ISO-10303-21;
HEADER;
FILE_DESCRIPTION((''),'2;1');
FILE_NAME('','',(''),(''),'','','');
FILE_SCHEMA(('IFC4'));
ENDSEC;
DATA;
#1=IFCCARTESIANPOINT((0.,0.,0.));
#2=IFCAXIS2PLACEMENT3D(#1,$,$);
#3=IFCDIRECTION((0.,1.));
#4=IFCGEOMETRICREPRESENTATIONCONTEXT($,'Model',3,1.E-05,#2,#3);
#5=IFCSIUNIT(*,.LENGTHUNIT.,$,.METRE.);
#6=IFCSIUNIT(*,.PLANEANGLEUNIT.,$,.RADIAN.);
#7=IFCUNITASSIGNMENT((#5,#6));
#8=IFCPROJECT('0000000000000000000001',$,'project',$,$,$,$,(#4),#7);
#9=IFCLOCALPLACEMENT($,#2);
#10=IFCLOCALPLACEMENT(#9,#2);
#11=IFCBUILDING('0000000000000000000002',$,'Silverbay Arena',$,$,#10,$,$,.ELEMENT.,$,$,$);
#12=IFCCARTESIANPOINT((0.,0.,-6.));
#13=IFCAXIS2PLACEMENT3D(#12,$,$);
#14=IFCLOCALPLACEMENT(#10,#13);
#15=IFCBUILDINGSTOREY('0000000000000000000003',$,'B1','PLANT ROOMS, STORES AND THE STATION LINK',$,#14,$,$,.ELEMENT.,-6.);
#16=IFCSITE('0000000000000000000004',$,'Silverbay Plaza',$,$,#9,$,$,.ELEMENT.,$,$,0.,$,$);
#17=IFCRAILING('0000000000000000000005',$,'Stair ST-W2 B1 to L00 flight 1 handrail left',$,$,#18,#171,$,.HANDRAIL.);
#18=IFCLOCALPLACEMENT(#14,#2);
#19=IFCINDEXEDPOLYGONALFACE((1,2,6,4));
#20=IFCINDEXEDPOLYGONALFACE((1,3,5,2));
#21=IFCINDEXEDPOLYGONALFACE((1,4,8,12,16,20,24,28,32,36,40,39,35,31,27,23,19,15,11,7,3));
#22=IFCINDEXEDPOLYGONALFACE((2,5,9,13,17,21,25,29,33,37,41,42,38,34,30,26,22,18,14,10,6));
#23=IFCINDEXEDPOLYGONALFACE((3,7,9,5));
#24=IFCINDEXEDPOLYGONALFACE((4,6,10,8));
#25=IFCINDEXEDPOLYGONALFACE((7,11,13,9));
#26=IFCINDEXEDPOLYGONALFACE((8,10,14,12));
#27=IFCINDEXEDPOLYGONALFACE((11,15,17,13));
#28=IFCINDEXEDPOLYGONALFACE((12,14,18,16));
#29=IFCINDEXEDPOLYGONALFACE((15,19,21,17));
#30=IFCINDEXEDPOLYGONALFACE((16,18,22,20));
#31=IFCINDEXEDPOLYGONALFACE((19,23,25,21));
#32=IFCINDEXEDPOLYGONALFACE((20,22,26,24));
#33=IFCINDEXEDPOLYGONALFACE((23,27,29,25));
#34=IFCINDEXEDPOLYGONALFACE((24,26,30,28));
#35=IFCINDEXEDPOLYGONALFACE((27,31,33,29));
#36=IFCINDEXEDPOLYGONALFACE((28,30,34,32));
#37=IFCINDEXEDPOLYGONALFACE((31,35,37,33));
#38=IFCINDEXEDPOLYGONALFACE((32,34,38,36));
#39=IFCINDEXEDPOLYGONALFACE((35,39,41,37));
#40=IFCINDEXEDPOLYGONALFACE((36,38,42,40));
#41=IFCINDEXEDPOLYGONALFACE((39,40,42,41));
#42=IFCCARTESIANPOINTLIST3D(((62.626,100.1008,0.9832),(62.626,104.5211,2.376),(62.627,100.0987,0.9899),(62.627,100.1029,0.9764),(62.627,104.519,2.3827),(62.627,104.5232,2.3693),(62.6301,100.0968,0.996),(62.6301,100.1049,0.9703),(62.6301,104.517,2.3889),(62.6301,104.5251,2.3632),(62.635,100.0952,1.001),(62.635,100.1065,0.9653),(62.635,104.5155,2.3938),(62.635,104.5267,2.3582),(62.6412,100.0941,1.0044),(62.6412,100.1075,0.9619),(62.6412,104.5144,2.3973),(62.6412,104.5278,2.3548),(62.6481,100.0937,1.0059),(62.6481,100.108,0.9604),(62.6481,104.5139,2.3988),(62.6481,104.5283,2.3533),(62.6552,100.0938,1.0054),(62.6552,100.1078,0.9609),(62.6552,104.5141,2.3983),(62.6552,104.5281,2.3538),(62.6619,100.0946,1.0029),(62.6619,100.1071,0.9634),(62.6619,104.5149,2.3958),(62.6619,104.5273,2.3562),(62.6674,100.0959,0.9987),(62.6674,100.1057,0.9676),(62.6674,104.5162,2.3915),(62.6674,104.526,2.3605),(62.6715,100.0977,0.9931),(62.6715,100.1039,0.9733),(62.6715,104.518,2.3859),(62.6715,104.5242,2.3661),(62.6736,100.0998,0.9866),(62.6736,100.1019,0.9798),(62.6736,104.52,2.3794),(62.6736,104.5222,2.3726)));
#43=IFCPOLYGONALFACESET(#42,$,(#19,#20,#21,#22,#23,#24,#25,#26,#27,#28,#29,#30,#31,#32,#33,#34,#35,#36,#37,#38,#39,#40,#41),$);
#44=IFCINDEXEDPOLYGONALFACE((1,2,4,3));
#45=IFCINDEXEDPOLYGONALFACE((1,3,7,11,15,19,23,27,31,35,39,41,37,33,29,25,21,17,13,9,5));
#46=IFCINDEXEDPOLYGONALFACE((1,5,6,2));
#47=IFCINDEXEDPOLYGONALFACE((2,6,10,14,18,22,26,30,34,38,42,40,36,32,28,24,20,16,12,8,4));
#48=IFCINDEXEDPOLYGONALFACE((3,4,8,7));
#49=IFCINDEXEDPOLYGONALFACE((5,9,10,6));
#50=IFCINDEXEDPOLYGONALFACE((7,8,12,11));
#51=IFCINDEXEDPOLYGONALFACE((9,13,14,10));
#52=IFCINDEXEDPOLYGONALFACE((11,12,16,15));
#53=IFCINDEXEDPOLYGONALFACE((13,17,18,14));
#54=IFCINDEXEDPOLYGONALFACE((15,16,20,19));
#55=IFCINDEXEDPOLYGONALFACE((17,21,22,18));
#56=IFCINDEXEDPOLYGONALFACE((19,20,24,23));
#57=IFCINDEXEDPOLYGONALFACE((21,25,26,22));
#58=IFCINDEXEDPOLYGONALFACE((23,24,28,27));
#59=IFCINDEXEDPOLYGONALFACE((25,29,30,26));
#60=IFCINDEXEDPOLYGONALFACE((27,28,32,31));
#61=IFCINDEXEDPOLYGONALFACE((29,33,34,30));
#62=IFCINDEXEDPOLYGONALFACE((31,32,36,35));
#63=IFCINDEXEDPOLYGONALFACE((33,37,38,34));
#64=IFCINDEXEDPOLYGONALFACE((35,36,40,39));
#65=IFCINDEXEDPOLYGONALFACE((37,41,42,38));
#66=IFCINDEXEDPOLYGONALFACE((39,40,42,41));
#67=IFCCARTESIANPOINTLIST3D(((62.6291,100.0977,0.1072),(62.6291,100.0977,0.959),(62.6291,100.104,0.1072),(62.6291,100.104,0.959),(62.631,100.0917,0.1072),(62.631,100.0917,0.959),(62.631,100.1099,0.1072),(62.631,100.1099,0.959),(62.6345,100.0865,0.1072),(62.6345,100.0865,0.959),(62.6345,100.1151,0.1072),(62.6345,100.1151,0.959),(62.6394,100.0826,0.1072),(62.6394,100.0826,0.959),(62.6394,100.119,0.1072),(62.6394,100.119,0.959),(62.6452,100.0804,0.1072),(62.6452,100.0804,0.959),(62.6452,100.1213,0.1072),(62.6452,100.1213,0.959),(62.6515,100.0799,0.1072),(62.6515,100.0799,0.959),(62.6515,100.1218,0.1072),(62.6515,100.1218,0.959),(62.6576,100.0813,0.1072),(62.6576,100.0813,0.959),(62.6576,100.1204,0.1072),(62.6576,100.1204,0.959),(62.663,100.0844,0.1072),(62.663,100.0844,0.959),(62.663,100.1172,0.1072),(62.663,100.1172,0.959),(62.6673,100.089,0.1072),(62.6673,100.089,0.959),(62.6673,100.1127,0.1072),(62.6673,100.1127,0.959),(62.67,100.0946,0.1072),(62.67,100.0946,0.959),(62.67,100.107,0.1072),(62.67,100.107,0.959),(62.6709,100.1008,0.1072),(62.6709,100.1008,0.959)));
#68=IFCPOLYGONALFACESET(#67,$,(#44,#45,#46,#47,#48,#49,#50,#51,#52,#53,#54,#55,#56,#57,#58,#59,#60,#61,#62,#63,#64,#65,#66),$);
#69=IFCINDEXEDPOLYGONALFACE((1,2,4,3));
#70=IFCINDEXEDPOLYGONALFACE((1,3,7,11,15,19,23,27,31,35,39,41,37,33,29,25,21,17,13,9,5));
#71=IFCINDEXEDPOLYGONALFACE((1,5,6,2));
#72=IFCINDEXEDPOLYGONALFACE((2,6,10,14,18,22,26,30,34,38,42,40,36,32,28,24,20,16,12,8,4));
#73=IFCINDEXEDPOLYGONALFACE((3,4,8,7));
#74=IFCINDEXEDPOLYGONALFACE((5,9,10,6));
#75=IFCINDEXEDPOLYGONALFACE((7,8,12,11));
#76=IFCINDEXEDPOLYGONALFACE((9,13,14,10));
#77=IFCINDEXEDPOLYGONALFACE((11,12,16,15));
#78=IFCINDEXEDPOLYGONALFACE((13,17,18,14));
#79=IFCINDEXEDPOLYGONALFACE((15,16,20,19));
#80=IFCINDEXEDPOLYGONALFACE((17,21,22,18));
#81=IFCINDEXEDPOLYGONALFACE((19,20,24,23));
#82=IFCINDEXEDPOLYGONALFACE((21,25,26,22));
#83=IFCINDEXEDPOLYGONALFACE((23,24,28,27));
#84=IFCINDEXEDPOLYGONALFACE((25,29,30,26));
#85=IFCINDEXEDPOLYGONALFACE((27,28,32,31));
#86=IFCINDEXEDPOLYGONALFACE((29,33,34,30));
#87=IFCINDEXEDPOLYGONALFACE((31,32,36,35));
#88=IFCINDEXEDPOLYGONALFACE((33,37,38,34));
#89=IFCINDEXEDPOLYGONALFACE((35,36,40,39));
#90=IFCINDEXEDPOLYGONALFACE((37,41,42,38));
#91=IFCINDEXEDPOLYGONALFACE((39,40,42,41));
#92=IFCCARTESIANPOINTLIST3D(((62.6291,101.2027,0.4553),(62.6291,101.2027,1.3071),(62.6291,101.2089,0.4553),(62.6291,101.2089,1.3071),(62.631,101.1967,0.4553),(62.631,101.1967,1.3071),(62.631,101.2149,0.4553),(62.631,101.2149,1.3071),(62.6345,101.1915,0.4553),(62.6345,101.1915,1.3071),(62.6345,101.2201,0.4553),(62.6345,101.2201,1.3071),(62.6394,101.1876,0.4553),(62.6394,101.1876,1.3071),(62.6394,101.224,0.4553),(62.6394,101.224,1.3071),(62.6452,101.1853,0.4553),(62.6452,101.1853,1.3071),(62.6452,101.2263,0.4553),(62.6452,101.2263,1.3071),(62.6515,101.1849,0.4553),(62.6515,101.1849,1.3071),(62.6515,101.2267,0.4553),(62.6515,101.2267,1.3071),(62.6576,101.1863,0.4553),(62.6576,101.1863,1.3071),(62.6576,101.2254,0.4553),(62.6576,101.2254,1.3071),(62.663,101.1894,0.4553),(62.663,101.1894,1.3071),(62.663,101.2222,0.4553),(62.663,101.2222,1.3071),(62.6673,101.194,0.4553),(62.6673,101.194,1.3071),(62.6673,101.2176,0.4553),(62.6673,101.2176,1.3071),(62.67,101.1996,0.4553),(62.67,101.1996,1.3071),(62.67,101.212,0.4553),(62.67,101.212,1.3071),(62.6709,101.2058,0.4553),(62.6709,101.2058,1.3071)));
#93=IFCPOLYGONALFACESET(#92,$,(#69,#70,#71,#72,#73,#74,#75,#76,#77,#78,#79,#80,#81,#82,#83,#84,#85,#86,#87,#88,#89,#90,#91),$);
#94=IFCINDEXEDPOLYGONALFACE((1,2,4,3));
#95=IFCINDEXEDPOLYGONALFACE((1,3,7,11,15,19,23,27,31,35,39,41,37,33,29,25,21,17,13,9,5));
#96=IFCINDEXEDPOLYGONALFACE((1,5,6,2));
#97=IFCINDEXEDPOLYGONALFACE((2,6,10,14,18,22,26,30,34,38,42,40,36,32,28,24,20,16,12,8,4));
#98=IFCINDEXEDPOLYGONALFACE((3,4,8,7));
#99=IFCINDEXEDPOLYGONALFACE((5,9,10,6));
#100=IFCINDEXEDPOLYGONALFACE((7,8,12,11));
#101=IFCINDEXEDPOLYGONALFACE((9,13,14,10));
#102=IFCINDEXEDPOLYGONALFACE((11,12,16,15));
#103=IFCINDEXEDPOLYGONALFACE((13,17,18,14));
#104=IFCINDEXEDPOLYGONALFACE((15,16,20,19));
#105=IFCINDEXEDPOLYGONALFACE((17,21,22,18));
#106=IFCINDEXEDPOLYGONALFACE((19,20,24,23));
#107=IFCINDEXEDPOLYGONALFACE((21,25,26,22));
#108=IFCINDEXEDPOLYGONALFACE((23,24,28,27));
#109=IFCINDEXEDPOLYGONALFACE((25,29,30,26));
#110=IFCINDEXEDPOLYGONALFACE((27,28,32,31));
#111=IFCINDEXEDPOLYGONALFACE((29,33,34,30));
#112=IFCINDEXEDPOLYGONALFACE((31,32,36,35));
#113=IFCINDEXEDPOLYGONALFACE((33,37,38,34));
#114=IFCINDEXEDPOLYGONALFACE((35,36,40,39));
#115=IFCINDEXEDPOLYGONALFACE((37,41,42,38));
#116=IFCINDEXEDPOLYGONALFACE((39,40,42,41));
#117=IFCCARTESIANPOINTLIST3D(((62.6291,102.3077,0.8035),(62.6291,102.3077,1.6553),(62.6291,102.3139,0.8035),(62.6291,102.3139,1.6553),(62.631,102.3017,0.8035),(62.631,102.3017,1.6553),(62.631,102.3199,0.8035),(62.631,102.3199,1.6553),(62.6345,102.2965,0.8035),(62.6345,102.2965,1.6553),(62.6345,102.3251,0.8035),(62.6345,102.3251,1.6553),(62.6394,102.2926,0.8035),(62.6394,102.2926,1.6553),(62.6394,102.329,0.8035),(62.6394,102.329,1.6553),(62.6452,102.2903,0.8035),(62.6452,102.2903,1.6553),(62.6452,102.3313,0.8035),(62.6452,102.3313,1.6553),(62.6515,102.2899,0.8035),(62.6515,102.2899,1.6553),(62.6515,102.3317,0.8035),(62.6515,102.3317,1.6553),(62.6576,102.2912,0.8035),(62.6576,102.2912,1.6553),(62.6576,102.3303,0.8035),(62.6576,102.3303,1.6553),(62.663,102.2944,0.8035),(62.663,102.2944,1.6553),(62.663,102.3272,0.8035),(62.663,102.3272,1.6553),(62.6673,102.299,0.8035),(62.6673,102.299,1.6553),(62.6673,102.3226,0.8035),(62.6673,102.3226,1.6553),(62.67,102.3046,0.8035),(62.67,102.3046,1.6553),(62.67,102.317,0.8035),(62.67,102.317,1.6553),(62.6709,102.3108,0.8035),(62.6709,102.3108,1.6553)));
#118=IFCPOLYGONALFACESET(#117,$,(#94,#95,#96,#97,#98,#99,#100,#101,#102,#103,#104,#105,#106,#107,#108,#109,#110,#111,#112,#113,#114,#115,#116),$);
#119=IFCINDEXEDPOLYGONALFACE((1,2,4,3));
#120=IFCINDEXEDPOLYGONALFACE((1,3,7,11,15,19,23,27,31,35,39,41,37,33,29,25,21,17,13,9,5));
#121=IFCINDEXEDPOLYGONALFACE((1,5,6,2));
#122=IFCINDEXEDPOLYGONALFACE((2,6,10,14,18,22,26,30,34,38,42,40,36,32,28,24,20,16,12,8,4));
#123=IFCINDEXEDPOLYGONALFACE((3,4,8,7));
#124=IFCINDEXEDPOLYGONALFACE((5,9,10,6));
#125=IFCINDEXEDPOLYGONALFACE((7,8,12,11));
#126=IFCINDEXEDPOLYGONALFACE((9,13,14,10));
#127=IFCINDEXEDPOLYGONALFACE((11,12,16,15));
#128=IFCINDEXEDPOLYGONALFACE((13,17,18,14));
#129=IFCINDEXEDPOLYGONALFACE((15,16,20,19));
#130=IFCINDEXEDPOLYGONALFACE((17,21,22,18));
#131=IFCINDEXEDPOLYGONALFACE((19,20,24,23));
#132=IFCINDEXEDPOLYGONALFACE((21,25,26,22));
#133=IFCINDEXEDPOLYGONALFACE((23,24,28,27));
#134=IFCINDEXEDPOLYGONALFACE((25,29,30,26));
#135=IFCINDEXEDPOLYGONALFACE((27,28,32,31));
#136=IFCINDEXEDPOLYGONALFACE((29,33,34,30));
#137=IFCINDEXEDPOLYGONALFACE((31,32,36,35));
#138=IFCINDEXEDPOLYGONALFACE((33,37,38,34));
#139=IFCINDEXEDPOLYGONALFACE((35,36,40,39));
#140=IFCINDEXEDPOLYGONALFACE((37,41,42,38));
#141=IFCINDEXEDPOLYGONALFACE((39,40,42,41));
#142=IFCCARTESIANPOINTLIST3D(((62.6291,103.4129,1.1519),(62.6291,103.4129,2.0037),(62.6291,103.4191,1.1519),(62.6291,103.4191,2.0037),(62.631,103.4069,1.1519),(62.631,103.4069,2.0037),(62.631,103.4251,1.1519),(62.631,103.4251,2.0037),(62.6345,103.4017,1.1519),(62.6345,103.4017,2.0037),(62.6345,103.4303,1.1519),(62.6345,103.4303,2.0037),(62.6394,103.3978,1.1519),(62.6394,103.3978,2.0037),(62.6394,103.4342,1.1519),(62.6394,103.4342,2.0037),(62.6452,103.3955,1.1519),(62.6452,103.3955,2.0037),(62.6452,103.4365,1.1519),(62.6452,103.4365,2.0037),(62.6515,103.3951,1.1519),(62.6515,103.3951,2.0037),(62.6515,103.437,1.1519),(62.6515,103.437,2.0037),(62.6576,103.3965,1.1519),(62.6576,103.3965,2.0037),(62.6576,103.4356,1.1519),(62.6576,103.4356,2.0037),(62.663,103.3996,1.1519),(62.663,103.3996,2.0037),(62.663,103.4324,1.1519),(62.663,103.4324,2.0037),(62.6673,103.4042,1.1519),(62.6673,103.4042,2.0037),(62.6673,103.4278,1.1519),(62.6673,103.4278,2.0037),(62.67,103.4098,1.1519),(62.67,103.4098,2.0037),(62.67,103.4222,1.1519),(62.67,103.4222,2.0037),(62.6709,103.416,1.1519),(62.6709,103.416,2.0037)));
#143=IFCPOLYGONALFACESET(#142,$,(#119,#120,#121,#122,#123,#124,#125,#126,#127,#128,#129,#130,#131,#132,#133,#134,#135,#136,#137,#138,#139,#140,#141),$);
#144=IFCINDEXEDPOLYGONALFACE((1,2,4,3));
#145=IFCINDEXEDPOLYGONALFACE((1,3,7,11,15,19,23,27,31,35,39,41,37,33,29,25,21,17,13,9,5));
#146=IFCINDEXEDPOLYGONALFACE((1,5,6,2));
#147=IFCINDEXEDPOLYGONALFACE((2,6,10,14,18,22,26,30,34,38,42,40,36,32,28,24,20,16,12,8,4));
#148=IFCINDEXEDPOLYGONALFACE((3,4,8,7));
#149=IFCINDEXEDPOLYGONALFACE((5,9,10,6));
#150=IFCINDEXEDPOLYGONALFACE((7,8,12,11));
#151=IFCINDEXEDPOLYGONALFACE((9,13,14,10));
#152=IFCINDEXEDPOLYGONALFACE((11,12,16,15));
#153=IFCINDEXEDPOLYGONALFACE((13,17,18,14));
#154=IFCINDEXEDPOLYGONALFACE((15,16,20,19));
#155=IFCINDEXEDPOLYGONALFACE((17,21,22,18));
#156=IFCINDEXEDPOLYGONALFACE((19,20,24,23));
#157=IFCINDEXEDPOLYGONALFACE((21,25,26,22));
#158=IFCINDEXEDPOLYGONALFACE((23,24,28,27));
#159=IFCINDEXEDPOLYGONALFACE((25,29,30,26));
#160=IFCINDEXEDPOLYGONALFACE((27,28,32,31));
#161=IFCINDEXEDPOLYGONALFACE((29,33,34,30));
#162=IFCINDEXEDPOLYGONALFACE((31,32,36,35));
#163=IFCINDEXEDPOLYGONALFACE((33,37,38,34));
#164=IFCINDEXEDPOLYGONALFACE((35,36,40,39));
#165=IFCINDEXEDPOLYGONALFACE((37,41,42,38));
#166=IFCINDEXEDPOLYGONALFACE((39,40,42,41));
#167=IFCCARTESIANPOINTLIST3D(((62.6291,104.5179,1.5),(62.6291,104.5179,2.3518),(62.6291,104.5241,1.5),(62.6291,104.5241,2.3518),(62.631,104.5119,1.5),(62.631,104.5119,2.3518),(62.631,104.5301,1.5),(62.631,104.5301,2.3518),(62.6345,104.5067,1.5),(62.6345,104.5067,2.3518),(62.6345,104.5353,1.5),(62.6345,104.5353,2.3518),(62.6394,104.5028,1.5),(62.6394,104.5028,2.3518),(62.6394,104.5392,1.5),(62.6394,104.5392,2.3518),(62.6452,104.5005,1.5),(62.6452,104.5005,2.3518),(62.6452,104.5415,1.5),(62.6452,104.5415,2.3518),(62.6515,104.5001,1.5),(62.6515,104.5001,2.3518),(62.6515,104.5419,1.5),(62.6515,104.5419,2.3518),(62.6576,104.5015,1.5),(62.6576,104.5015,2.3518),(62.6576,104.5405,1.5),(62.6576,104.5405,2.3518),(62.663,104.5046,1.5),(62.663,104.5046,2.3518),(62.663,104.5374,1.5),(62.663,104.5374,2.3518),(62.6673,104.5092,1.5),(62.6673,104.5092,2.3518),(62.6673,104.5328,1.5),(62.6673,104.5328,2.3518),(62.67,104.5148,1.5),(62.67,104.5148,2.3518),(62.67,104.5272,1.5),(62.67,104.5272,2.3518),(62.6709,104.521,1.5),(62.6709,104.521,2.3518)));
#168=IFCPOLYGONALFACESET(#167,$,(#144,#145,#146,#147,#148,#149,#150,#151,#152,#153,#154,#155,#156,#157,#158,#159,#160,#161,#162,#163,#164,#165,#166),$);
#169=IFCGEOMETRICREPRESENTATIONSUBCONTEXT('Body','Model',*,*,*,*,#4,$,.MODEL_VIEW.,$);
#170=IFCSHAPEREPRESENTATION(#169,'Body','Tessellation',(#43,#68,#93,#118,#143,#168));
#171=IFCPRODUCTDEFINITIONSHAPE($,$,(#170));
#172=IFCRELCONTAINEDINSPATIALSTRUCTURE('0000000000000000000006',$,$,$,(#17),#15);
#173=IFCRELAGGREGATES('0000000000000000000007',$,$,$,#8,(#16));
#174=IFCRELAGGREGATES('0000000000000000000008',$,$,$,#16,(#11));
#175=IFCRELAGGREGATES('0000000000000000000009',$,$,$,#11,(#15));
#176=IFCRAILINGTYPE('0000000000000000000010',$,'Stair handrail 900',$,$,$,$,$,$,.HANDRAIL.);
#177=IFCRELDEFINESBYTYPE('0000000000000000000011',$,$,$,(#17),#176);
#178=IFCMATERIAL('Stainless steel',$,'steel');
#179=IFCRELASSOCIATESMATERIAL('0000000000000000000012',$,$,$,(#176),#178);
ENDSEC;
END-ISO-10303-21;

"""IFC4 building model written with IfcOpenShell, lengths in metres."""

from ifc_helpers import new_model, si_unit, direction, frame, origin, origin_2d, place, context, subcontext, project, spatial, circle, extrude, material, type_object, element, save


model = new_model("IFC4")

# Units and contexts
model_context = context("Model", 3, precision=1e-05, world=origin(), true_north=direction((0.0, 1.0)))
body_context = subcontext(model_context, "Body", "Model", "MODEL_VIEW")
ifc_project = project(units=[si_unit("LENGTHUNIT", "METRE"), si_unit("PLANEANGLEUNIT", "RADIAN")], contexts=[model_context])

# Site, building, storey
site_placement = place(None, origin())
site = spatial("IfcSite", under=ifc_project, at=site_placement, Name="Silverbay Plaza", CompositionType="ELEMENT", RefElevation=0.0)
building_placement = place(site_placement, origin())
building = spatial("IfcBuilding", under=site, at=building_placement, Name="Silverbay Arena", CompositionType="ELEMENT")
storey_placement = place(building_placement, frame((0.0, 0.0, -6.0)))
storey = spatial("IfcBuildingStorey", under=building, at=storey_placement, Name="B1", Description="PLANT ROOMS, STORES AND THE STATION LINK", CompositionType="ELEMENT", Elevation=-6.0)

# Railing
ifc_material_1 = material(Name="Stainless steel", Category="steel")
railing_type_1 = type_object("IfcRailingType", Name="Stair handrail 900", PredefinedType="HANDRAIL", material=ifc_material_1)
for number, where, name in (
    (1, (62.6499, 100.1008, 0.1072), "Stair ST-W2 B1 to L00 flight 1 handrail left"),
):
    element("IfcRailing", number, at=place(storey_placement, frame(where)), inside=storey, type_object=railing_type_1, Name=name, PredefinedType="HANDRAIL", context=body_context, shape_type="SweptSolid", body=[
        extrude(circle(Radius=0.0239, at=origin_2d()), frame((0.0, 0.0, 0.876), z_axis=(0.0, 0.95377, 0.300539), x_axis=(-1.0, 0.0, 0.0)), (0.0, 0.0, 1.0), 4.6345),
        extrude(circle(Radius=0.021, at=origin_2d()), origin(), (0.0, 0.0, 1.0), 0.8518),
        extrude(circle(Radius=0.021, at=origin_2d()), frame((0.0, 1.105, 0.3481)), (0.0, 0.0, 1.0), 0.8518),
        extrude(circle(Radius=0.021, at=origin_2d()), frame((0.0, 2.21, 0.6963)), (0.0, 0.0, 1.0), 0.8518),
        extrude(circle(Radius=0.021, at=origin_2d()), frame((0.0, 3.3152, 1.0447)), (0.0, 0.0, 1.0), 0.8518),
        extrude(circle(Radius=0.021, at=origin_2d()), frame((0.0, 4.4202, 1.3928)), (0.0, 0.0, 1.0), 0.8518),
    ])

save(model, "model.ifc")
